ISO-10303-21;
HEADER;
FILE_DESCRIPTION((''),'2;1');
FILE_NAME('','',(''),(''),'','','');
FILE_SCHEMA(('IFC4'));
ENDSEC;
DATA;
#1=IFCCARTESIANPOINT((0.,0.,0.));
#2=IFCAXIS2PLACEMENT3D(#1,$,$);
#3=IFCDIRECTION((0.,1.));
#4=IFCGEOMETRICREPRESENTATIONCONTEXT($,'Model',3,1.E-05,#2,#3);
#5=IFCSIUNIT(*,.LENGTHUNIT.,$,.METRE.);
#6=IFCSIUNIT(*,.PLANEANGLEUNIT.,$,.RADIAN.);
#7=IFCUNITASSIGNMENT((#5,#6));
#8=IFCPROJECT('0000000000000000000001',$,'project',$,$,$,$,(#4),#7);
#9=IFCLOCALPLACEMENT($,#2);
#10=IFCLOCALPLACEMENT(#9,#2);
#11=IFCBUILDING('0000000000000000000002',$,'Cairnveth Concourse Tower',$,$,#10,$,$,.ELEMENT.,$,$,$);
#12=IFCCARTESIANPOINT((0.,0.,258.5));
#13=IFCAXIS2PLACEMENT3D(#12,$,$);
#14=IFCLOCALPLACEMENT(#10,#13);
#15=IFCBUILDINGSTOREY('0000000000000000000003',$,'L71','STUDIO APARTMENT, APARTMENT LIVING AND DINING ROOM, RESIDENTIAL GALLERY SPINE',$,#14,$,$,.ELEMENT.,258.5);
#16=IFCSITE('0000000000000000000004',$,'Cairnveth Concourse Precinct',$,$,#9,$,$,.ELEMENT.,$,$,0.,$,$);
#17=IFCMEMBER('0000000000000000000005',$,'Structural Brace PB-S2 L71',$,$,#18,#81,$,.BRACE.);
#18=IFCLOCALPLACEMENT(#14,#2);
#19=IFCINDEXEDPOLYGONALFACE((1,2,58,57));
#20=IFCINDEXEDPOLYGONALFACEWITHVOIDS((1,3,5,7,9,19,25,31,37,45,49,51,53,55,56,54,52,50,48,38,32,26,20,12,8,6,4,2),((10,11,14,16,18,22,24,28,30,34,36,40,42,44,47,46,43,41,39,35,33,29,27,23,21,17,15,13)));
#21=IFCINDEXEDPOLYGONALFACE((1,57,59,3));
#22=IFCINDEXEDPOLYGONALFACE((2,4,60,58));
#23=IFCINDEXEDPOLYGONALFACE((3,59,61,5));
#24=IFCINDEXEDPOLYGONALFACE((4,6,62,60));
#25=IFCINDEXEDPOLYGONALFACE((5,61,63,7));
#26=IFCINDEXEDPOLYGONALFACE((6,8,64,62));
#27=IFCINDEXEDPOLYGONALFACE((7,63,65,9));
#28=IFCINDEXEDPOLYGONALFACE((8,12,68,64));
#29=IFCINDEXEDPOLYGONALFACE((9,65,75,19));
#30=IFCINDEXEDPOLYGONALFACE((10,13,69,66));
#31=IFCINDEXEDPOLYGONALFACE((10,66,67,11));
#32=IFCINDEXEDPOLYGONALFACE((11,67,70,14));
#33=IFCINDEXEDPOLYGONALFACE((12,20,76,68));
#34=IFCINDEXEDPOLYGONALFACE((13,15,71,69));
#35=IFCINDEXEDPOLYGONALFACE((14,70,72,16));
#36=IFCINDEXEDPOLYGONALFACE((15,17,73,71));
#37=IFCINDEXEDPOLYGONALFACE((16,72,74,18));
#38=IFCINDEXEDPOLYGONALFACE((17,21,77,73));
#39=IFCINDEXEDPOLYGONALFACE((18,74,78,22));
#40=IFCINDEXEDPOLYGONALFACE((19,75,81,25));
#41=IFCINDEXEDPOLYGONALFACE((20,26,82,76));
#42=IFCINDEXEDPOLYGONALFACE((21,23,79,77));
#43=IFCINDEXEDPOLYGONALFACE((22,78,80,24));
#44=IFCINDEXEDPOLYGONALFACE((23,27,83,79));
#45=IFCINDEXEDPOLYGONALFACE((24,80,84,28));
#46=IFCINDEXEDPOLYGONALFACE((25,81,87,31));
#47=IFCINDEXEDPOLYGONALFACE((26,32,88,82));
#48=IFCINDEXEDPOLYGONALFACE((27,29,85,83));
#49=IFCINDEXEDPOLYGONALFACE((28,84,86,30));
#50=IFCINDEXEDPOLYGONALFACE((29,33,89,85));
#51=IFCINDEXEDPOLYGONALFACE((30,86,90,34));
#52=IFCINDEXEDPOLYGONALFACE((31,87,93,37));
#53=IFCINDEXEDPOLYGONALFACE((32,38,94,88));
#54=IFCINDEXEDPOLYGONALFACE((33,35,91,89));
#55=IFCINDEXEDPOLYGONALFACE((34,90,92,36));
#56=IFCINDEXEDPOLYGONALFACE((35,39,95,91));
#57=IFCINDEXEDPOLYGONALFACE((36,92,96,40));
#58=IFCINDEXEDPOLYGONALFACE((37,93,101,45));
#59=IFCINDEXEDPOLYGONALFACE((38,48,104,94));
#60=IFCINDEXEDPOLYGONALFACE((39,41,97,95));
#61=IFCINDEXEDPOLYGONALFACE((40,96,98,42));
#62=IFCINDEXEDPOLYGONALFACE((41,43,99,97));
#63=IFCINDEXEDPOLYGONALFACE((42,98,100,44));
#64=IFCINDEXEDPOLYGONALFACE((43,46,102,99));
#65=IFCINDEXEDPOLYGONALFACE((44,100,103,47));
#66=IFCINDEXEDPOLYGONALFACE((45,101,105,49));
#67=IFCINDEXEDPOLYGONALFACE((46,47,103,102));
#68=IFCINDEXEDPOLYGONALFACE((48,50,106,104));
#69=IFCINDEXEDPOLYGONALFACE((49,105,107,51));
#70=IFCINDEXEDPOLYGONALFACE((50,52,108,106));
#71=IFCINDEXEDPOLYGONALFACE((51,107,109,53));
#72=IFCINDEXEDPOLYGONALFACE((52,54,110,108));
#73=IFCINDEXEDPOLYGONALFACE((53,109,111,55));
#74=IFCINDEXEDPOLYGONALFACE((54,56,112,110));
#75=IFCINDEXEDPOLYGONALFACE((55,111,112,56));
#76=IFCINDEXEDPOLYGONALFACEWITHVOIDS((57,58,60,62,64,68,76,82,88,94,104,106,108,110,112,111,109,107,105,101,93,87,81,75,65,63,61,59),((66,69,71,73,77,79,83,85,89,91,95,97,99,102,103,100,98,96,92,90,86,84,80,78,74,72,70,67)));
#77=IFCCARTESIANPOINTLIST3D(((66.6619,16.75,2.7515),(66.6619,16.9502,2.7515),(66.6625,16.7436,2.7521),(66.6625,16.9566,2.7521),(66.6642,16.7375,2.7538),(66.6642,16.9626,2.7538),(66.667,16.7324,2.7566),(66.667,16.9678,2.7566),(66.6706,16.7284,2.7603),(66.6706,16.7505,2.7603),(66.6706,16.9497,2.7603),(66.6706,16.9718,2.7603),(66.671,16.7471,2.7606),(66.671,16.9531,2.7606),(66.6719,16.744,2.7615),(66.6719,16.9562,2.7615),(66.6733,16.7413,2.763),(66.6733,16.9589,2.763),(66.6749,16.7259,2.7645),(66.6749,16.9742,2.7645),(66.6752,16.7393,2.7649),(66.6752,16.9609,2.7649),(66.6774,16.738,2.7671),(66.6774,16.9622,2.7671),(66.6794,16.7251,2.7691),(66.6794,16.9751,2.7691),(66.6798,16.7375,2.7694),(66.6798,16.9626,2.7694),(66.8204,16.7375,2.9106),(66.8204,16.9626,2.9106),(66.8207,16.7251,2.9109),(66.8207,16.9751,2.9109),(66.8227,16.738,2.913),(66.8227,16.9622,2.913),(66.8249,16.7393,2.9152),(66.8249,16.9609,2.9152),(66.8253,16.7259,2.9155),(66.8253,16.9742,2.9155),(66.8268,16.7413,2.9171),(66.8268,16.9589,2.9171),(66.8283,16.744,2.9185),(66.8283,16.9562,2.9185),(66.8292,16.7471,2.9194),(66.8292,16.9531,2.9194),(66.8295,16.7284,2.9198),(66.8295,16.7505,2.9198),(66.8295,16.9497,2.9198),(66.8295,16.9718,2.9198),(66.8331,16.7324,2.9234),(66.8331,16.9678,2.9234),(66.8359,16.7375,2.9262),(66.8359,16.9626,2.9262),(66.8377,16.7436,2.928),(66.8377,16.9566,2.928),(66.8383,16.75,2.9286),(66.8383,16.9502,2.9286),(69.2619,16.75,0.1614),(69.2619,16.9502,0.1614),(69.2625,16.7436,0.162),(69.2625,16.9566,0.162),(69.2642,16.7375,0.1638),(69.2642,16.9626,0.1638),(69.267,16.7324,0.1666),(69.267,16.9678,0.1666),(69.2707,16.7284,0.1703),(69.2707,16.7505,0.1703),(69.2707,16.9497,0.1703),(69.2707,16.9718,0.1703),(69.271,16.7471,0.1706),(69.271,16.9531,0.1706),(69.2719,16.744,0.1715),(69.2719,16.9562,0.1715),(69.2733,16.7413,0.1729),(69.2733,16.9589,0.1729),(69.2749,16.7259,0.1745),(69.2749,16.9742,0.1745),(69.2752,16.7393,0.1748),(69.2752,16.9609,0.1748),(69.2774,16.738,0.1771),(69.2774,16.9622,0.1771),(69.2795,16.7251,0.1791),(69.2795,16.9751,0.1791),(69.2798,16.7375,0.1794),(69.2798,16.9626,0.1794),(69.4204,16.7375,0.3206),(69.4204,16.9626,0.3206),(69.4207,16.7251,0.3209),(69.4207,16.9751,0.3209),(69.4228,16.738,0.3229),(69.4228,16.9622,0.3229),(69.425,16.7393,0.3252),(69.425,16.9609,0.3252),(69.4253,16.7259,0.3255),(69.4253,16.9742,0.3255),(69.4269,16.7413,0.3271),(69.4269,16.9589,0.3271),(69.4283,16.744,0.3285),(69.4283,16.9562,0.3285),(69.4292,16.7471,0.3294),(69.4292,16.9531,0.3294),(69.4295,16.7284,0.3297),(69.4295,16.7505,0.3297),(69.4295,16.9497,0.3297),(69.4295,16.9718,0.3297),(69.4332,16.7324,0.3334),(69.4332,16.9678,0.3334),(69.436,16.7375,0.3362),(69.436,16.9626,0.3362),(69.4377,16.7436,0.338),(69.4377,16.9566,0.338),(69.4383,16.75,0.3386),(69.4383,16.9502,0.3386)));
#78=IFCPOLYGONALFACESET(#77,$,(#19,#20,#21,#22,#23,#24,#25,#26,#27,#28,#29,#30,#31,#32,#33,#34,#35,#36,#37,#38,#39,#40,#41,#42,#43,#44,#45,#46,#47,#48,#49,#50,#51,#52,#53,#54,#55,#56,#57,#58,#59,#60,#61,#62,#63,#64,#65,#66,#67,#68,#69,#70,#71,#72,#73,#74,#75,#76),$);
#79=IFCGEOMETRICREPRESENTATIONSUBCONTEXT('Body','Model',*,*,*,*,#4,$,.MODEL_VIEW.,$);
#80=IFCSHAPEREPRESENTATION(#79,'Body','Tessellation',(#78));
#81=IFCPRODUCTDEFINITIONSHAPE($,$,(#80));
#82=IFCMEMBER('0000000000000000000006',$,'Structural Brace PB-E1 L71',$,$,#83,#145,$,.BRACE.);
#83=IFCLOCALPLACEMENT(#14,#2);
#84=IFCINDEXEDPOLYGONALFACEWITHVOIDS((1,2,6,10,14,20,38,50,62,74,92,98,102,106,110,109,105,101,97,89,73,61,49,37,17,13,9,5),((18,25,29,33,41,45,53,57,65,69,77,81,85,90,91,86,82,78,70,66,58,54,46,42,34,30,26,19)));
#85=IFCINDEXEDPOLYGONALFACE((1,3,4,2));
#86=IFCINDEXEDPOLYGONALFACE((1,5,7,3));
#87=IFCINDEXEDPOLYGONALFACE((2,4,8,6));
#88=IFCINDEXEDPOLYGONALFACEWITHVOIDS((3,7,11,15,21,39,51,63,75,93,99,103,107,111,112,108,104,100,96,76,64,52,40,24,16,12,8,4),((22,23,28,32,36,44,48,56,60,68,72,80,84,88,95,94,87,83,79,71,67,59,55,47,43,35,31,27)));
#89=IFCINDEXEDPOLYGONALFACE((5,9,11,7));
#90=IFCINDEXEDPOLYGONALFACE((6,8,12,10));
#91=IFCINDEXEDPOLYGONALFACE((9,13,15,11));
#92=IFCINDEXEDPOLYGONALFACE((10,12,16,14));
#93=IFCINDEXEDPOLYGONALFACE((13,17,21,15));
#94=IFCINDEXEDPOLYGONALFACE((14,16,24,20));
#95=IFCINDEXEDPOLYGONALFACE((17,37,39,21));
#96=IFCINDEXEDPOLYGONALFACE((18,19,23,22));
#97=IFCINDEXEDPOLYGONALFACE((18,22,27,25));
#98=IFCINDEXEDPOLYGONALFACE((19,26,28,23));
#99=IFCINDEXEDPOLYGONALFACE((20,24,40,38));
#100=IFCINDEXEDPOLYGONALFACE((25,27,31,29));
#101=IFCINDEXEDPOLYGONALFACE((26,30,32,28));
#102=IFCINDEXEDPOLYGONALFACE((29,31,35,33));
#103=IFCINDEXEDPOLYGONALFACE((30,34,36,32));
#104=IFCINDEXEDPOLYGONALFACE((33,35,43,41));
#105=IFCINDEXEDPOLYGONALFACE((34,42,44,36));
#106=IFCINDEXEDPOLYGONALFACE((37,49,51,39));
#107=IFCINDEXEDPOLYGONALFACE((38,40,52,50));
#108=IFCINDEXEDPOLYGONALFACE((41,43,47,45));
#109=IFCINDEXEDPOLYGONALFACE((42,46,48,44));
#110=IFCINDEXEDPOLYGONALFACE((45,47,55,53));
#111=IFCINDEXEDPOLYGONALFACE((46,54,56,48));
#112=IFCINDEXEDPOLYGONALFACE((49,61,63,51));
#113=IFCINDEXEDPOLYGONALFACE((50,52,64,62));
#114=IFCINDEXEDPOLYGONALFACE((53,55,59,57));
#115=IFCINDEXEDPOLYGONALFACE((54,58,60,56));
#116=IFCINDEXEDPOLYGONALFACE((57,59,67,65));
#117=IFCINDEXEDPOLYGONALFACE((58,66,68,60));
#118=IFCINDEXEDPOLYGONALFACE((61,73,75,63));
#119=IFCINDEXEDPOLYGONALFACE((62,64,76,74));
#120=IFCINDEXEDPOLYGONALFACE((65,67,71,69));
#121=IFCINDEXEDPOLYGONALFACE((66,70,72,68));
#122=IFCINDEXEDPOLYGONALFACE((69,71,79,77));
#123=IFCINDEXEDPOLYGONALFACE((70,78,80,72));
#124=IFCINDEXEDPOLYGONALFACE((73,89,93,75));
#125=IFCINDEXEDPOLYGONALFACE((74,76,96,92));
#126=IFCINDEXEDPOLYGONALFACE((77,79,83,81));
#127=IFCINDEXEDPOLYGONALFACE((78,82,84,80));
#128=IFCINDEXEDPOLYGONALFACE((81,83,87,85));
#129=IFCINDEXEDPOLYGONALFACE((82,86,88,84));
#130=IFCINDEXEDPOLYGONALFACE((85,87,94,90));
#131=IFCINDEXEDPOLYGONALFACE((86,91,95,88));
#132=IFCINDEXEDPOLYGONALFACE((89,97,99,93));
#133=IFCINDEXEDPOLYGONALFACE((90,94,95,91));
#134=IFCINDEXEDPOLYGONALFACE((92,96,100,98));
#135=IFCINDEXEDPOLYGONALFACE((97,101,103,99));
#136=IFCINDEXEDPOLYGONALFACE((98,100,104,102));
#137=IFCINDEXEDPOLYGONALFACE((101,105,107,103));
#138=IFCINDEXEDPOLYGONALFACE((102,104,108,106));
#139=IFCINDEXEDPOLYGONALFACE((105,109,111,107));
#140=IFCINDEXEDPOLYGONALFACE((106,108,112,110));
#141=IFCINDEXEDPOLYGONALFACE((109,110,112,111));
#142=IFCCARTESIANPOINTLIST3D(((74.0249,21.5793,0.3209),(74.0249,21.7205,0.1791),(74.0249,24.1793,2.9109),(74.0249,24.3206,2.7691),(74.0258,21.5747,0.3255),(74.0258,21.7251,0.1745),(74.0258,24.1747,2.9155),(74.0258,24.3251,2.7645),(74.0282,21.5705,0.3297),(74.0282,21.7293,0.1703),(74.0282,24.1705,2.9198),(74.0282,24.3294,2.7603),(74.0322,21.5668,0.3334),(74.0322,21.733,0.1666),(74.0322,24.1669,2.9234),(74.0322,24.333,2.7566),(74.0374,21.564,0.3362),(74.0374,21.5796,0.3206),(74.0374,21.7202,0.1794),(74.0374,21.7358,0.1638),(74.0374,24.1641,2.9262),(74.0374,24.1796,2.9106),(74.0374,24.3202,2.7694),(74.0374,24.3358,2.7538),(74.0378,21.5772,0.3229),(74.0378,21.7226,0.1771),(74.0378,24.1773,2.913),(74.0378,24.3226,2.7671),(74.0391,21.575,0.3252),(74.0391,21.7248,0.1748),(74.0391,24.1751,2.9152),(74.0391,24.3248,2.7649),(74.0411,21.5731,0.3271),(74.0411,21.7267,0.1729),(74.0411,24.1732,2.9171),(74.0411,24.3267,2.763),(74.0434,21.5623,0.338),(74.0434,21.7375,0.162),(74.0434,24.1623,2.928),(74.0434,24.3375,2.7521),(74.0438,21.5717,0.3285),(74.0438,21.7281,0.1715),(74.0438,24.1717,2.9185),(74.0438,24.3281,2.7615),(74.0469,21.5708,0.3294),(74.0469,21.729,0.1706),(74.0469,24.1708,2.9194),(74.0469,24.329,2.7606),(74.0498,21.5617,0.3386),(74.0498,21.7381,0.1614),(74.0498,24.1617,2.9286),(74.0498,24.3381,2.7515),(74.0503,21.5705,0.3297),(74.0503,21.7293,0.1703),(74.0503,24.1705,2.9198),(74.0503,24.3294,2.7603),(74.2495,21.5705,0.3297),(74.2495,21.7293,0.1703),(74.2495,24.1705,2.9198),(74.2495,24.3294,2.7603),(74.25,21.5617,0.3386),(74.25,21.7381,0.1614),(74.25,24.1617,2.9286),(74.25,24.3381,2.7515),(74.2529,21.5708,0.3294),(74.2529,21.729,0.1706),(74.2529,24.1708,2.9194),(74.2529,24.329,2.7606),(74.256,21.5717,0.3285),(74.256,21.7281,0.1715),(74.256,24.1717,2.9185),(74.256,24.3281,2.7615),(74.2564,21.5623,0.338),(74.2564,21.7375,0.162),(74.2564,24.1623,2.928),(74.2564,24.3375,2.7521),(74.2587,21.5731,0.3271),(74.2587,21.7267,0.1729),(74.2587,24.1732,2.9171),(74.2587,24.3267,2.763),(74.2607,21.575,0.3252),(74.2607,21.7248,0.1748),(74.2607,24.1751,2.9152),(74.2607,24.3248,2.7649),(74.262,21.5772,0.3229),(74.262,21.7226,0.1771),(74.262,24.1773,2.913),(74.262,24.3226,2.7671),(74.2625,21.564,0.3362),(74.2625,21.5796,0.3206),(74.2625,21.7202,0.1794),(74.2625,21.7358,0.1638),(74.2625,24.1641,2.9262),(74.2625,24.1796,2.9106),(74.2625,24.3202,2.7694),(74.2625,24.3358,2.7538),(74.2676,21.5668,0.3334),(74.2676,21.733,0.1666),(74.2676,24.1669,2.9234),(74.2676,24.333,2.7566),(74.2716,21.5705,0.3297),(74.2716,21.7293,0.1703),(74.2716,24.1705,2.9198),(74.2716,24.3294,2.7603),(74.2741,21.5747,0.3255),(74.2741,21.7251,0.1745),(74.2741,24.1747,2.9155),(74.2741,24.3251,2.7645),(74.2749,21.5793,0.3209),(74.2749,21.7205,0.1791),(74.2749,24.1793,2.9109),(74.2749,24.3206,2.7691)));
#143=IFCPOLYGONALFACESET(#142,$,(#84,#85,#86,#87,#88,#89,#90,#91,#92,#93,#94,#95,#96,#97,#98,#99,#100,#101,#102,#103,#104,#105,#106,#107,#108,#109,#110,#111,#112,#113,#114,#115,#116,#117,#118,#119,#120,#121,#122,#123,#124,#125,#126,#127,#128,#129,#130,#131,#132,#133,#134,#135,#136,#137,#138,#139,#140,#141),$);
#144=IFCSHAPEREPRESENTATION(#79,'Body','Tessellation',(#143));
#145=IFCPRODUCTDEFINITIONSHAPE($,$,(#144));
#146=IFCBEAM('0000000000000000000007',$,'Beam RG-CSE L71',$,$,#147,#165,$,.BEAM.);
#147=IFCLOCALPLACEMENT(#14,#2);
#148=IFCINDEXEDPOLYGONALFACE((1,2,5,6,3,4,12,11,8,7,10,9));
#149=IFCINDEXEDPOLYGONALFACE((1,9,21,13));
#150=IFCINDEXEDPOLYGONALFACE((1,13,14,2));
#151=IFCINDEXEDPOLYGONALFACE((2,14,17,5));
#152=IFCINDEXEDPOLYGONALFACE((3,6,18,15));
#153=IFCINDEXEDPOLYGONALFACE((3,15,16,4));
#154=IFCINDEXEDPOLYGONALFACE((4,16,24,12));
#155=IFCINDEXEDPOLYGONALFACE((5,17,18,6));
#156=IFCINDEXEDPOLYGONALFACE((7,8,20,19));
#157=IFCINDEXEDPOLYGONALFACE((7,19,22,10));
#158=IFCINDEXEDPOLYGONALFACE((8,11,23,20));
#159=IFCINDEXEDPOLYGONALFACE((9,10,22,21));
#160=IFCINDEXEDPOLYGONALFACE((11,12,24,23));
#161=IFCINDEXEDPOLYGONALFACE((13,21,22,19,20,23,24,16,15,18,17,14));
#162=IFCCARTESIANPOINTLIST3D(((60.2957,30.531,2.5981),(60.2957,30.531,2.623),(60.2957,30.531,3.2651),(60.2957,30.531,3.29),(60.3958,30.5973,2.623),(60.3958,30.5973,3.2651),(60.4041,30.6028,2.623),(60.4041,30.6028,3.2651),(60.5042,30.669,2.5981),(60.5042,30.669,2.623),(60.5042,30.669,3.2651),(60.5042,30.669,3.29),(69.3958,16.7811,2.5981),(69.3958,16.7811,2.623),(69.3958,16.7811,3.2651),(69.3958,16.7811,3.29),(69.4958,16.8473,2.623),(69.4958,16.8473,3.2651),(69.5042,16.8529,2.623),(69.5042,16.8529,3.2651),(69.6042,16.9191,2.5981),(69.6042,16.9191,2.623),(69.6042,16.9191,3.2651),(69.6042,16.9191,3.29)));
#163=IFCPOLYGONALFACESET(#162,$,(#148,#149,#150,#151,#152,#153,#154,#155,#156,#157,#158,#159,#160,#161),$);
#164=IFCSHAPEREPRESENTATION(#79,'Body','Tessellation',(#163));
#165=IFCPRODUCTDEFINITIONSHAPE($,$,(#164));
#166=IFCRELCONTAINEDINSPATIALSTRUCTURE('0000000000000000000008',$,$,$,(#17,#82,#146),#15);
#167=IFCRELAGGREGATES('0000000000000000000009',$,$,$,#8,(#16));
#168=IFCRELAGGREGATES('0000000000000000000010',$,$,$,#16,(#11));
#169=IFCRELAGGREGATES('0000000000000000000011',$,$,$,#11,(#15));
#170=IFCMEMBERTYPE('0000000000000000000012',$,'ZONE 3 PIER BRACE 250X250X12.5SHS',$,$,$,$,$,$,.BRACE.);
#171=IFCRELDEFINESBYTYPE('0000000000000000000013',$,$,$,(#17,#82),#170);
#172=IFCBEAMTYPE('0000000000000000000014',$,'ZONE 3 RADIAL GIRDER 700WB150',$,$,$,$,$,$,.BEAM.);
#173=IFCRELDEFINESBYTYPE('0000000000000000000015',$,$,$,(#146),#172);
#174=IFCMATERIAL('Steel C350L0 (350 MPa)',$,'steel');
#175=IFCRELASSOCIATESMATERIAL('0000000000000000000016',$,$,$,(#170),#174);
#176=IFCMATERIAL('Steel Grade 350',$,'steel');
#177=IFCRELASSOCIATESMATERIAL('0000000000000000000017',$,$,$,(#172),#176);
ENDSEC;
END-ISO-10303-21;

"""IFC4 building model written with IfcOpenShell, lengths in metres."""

from ifc_helpers import new_model, si_unit, direction, frame, origin, origin_2d, place, context, subcontext, project, spatial, hollow_rectangle, i_section, extrude, material, material_profile, profile_set, type_object, element, save


model = new_model("IFC4")

# Units and contexts
model_context = context("Model", 3, precision=1e-05, world=origin(), true_north=direction((0.0, 1.0)))
body_context = subcontext(model_context, "Body", "Model", "MODEL_VIEW")
ifc_project = project(units=[si_unit("LENGTHUNIT", "METRE"), si_unit("PLANEANGLEUNIT", "RADIAN")], contexts=[model_context])

# Site, building, storey
site_placement = place(None, origin())
site = spatial("IfcSite", under=ifc_project, at=site_placement, Name="Cairnveth Concourse Precinct", CompositionType="ELEMENT", RefElevation=0.0)
building_placement = place(site_placement, origin())
building = spatial("IfcBuilding", under=site, at=building_placement, Name="Cairnveth Concourse Tower", CompositionType="ELEMENT")
storey_placement = place(building_placement, frame((0.0, 0.0, 258.5)))
storey = spatial("IfcBuildingStorey", under=building, at=storey_placement, Name="L71", Description="STUDIO APARTMENT, APARTMENT LIVING AND DINING ROOM, RESIDENTIAL GALLERY SPINE", CompositionType="ELEMENT", Elevation=258.5)

# Shared definitions
ifc_material_1 = material(Name="Steel Grade 350", Category="steel")

# Members
ifc_material_2 = material(Name="Steel C350L0 (350 MPa)", Category="steel")
ifc_material_profile_1 = material_profile(ifc_material_2, hollow_rectangle(XDim=0.25, YDim=0.25, WallThickness=0.0125, InnerFilletRadius=0.0129, OuterFilletRadius=0.0249, at=origin_2d()), Name="250x250x12.5SHS")
ifc_profile_set_1 = profile_set([ifc_material_profile_1], Name="Steel C350L0 (350 MPa)")
member_type = type_object("IfcMemberType", Name="ZONE 3 PIER BRACE 250X250X12.5SHS", PredefinedType="BRACE", material=ifc_profile_set_1)
for number, where, z_axis, x_axis, name in (
    (1, (69.3501, 16.8501, 0.25), (-0.708469, 0.0, 0.705742), (0.0, -1.0, 0.0), "Structural Brace PB-S2 L71"),
    (2, (74.1499, 21.6499, 0.25), (0.0, 0.708469, 0.705742), (-1.0, 0.0, 0.0), "Structural Brace PB-E1 L71"),
):
    element("IfcMember", number, at=place(storey_placement, frame(where, z_axis=z_axis, x_axis=x_axis)), inside=storey, type_object=member_type, Name=name, PredefinedType="BRACE", context=body_context, shape_type="SweptSolid", body=[
        extrude(hollow_rectangle(XDim=0.25, YDim=0.25, WallThickness=0.0125, InnerFilletRadius=0.0129, OuterFilletRadius=0.0249, at=origin_2d()), origin(), (0.0, 0.0, 1.0), 3.6699),
    ])

# Beam
ifc_material_profile_2 = material_profile(ifc_material_1, i_section(OverallWidth=0.25, OverallDepth=0.6919, WebThickness=0.01, FlangeThickness=0.0249, at=origin_2d()), Name="700WB150")
ifc_profile_set_2 = profile_set([ifc_material_profile_2], Name="Steel Grade 350")
beam_type_1 = type_object("IfcBeamType", Name="ZONE 3 RADIAL GIRDER 700WB150", PredefinedType="BEAM", material=ifc_profile_set_2)
beam_1_placement = place(storey_placement, frame((69.5, 16.8501, 2.9441), z_axis=(-0.551902, 0.833909, 0.0), x_axis=(-0.833909, -0.551902, 0.0)))
element("IfcBeam", 3, at=beam_1_placement, inside=storey, type_object=beam_type_1, Name="Beam RG-CSE L71", PredefinedType="BEAM", context=body_context, shape_type="SweptSolid", body=[
    extrude(i_section(OverallWidth=0.25, OverallDepth=0.6919, WebThickness=0.01, FlangeThickness=0.0249, at=origin_2d()), origin(), (0.0, 0.0, 1.0), 16.4885),
])

save(model, "model.ifc")
